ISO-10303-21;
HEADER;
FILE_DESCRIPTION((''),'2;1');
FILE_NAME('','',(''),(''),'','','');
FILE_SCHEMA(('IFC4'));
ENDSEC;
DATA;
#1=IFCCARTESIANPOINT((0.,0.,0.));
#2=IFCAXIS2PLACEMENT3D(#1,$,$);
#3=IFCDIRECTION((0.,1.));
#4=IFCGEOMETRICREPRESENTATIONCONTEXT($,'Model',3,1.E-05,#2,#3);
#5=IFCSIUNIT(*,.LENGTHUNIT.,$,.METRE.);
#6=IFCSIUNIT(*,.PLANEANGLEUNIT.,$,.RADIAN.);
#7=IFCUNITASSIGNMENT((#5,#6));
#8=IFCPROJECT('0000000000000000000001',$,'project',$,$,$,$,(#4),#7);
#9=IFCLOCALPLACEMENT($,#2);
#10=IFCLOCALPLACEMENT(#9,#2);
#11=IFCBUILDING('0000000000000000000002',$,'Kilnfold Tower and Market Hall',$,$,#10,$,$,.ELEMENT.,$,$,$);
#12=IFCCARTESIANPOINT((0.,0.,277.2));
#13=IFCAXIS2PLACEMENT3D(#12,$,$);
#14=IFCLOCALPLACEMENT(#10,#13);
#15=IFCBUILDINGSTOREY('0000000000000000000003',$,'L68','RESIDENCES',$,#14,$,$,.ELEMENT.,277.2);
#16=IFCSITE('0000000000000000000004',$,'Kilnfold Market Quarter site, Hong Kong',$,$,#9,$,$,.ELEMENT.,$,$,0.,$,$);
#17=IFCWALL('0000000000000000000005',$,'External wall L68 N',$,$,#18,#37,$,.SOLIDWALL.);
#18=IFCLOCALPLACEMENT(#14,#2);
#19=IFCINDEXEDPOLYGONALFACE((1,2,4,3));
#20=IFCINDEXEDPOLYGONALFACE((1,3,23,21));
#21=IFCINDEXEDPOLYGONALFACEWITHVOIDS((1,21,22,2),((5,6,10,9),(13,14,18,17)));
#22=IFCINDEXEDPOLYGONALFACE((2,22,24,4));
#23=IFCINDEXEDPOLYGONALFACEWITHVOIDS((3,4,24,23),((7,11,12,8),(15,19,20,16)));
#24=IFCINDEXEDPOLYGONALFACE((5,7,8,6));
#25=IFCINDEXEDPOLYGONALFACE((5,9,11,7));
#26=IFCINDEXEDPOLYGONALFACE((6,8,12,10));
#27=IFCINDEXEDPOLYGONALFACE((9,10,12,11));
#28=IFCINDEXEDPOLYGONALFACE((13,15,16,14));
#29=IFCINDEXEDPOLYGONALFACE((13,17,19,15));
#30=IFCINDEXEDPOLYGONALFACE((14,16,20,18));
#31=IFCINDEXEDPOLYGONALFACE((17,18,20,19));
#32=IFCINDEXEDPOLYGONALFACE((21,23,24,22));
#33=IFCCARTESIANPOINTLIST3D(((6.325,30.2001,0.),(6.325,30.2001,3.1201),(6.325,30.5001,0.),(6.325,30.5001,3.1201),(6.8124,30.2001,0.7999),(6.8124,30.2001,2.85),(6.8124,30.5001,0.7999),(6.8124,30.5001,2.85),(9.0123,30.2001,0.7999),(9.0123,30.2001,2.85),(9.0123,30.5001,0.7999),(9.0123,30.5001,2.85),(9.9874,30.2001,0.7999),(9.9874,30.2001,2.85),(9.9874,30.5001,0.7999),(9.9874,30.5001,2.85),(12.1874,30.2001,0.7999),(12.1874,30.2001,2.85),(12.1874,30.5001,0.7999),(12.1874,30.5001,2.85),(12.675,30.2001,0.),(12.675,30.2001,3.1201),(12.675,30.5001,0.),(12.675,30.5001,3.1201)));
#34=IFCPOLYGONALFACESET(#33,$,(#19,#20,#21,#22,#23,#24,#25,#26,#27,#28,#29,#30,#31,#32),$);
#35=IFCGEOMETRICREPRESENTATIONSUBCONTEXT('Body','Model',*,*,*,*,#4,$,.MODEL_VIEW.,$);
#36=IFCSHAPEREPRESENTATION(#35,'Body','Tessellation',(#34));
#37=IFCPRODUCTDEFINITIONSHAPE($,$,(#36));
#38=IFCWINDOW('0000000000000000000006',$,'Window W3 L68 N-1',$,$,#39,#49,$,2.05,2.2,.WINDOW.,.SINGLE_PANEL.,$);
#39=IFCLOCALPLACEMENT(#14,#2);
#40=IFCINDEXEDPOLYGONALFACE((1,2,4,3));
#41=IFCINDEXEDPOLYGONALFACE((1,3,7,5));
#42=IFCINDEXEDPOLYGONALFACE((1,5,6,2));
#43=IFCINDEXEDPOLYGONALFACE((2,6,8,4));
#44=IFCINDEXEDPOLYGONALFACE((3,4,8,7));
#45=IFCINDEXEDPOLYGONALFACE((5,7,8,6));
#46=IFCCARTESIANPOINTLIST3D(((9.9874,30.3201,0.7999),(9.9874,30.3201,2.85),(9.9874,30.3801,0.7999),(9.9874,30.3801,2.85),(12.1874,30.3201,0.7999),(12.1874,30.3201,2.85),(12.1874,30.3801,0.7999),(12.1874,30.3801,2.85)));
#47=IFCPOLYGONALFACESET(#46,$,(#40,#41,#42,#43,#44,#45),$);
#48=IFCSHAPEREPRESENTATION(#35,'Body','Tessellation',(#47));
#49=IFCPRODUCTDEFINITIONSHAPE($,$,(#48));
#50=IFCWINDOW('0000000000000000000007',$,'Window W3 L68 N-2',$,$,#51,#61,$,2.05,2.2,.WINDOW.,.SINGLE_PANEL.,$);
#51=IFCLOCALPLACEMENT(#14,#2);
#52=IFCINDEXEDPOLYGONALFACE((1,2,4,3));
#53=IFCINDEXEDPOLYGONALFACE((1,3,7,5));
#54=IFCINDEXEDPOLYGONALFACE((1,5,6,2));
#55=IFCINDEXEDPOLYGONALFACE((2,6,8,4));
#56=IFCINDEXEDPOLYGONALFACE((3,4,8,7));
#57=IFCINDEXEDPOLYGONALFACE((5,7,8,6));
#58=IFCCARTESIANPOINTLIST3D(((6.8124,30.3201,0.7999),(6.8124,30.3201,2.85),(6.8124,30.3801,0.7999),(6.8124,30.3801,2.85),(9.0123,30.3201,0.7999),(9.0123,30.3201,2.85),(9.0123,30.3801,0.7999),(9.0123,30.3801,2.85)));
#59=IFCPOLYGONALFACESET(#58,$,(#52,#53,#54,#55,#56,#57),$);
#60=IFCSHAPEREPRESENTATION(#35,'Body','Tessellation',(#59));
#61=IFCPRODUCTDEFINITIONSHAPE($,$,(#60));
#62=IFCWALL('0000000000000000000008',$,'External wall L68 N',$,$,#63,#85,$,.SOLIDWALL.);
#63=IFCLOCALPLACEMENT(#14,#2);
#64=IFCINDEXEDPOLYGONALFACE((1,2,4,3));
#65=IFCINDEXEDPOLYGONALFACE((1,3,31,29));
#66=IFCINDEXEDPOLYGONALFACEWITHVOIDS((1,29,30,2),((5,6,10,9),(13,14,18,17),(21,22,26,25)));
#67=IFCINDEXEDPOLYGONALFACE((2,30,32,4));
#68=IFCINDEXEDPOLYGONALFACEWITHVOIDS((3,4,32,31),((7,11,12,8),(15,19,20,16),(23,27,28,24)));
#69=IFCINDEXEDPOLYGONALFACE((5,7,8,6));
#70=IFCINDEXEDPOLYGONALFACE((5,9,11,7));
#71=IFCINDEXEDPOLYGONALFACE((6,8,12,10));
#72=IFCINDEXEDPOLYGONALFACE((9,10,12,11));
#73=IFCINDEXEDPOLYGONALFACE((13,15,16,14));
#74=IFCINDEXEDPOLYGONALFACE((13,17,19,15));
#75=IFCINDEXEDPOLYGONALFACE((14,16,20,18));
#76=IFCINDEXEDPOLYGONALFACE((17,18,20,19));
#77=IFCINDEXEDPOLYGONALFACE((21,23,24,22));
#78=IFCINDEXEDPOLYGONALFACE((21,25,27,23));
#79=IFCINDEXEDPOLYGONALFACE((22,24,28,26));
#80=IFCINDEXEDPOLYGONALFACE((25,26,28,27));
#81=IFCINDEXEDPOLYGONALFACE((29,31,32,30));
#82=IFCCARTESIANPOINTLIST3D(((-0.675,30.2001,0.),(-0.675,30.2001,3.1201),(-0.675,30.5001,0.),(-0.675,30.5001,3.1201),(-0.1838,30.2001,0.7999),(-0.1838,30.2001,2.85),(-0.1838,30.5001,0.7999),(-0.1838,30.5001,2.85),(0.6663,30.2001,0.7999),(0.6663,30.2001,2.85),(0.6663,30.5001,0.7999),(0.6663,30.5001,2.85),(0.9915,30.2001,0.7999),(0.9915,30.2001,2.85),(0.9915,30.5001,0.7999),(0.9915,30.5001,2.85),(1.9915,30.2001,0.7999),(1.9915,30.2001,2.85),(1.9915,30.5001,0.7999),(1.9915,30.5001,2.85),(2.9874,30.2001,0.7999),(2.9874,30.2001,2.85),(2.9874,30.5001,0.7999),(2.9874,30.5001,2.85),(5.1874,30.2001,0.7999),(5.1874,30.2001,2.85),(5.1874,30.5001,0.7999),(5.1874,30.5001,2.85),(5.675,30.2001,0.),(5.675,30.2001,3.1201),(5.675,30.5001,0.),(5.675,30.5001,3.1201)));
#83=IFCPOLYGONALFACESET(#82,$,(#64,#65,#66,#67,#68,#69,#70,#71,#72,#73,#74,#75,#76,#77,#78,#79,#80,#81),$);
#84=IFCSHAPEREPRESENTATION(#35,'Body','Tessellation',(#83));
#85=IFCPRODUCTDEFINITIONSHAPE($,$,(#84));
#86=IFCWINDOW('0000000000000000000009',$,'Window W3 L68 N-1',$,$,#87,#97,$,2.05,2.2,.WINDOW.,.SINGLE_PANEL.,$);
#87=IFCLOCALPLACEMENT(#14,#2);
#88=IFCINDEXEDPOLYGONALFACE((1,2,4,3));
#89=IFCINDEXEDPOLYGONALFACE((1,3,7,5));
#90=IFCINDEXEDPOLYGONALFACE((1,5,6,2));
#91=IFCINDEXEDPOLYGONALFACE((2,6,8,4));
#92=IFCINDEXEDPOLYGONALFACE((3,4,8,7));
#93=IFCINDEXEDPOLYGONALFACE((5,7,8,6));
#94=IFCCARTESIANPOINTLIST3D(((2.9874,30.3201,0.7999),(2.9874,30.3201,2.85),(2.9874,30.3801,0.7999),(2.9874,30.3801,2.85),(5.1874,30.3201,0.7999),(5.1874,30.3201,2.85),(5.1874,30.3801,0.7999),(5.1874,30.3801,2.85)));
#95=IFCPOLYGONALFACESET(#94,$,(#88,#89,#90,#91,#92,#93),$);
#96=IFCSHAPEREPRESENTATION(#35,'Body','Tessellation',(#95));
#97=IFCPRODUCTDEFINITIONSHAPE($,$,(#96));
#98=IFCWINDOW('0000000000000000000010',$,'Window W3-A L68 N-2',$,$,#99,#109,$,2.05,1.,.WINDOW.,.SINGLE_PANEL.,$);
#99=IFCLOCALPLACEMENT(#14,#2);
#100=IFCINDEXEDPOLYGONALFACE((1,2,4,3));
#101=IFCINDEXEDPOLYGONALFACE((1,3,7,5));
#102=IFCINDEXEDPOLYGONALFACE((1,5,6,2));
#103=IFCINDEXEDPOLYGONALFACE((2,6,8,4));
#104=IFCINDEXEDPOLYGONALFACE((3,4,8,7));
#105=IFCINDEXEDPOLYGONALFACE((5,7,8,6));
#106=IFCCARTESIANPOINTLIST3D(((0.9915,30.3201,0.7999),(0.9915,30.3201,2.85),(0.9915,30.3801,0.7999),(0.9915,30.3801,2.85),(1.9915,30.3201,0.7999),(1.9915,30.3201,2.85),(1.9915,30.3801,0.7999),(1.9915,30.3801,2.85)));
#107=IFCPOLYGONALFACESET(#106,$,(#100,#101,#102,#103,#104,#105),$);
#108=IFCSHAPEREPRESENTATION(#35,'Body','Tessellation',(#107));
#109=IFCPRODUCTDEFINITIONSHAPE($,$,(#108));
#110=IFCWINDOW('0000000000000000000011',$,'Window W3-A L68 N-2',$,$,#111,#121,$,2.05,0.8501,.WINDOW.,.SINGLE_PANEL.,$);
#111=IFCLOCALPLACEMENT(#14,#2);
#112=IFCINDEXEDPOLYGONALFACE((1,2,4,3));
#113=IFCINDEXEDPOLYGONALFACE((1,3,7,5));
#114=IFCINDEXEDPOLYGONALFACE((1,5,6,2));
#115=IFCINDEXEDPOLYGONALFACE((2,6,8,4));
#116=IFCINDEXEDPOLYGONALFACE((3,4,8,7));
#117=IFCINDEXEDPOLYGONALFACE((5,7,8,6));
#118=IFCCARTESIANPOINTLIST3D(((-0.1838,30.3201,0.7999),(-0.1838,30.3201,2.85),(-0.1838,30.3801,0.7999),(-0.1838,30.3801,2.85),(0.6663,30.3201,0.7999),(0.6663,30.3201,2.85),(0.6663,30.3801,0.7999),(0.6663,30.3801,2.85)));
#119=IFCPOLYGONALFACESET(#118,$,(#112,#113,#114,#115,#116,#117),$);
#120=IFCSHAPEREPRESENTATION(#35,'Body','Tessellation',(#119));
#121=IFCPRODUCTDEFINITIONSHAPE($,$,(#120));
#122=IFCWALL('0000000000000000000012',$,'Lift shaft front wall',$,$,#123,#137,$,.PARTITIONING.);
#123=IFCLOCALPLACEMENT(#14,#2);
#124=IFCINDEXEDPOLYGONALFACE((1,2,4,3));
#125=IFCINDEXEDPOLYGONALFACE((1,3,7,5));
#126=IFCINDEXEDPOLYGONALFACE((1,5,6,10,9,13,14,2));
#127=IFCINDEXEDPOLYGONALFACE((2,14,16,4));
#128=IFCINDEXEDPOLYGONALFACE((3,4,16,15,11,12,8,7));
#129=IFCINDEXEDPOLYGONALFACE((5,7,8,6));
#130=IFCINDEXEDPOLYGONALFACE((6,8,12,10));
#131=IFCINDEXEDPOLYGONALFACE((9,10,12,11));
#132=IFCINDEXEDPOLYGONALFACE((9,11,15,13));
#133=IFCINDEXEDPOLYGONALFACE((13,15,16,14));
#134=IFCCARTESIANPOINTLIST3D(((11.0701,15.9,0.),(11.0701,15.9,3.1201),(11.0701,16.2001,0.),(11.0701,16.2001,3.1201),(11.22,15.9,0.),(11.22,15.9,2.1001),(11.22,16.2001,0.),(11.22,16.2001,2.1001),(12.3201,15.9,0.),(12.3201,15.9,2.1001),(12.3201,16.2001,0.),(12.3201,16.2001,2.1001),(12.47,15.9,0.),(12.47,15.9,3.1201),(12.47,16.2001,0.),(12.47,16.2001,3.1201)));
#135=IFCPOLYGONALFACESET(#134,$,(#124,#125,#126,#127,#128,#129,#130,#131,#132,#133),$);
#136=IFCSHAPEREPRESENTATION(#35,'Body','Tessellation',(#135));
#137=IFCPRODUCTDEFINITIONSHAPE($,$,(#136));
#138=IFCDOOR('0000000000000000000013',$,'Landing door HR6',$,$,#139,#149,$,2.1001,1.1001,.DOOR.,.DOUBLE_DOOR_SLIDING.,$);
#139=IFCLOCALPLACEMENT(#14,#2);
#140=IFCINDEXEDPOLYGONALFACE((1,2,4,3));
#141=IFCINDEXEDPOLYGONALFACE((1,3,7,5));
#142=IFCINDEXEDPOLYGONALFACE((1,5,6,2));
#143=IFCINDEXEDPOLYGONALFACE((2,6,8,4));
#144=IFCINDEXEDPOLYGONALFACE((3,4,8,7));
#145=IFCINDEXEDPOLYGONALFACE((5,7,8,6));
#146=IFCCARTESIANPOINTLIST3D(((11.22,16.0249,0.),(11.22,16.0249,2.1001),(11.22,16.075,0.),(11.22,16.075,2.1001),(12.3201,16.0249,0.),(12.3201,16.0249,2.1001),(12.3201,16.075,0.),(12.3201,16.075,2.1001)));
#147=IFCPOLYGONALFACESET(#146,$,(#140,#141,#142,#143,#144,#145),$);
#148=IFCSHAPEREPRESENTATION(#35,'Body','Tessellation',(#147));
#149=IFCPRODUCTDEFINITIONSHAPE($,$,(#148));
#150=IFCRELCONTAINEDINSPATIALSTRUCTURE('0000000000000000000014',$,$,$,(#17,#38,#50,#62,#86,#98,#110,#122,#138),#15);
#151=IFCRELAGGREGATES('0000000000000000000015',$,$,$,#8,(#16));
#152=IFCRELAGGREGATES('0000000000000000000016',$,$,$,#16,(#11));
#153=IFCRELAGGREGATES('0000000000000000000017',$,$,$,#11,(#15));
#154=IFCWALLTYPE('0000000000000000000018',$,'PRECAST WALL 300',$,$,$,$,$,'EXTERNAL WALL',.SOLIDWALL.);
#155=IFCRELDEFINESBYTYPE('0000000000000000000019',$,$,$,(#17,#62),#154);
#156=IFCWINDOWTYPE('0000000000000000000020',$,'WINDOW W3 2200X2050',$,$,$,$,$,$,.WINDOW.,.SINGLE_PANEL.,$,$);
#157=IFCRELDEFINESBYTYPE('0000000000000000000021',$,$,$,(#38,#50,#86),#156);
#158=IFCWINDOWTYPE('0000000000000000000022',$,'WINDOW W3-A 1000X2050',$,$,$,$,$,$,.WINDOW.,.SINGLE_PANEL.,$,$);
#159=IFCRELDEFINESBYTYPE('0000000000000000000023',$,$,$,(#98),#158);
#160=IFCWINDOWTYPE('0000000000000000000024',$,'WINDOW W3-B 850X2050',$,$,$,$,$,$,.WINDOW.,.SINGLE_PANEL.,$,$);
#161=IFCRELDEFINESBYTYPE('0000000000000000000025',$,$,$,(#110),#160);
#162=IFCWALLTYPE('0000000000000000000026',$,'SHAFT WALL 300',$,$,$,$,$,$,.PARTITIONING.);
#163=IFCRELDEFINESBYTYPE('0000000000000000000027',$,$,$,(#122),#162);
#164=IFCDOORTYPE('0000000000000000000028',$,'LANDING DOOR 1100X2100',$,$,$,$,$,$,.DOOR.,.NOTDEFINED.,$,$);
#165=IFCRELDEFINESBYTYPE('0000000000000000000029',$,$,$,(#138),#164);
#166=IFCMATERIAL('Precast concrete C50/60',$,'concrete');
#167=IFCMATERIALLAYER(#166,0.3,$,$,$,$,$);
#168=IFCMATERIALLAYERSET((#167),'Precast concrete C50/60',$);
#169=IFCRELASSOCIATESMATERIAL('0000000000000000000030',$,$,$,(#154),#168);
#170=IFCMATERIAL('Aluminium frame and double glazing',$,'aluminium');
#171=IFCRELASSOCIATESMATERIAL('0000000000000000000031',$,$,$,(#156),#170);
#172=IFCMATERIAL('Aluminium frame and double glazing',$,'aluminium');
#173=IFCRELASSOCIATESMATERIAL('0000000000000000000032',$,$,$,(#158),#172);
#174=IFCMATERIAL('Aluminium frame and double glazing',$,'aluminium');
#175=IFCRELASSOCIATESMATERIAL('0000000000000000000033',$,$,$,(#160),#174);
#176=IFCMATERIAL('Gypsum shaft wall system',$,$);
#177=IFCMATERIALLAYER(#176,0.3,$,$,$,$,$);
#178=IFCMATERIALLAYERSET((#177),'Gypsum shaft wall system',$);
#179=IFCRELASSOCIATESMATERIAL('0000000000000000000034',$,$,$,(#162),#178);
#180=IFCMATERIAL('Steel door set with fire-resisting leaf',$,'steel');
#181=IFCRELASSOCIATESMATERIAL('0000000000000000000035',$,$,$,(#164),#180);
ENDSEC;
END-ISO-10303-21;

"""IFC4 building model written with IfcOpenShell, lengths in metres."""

from ifc_helpers import new_model, si_unit, direction, frame, frame_2d, origin, place, context, subcontext, project, spatial, rectangle, extrude, source, transform, mapped, material, layer, layer_set, type_object, element, fill, save


model = new_model("IFC4")

# Units and contexts
model_context = context("Model", 3, precision=1e-05, world=origin(), true_north=direction((0.0, 1.0)))
body_context = subcontext(model_context, "Body", "Model", "MODEL_VIEW")
ifc_project = project(units=[si_unit("LENGTHUNIT", "METRE"), si_unit("PLANEANGLEUNIT", "RADIAN")], contexts=[model_context])

# Site, building, storey
site_placement = place(None, origin())
site = spatial("IfcSite", under=ifc_project, at=site_placement, Name="Kilnfold Market Quarter site, Hong Kong", CompositionType="ELEMENT", RefElevation=0.0)
building_placement = place(site_placement, origin())
building = spatial("IfcBuilding", under=site, at=building_placement, Name="Kilnfold Tower and Market Hall", CompositionType="ELEMENT")
storey_placement = place(building_placement, frame((0.0, 0.0, 277.2)))
storey = spatial("IfcBuildingStorey", under=building, at=storey_placement, Name="L68", Description="RESIDENCES", CompositionType="ELEMENT", Elevation=277.2)

# Walls, openings, windows
ifc_material_1 = material(Name="Precast concrete C50/60", Category="concrete")
ifc_layer_1 = layer(ifc_material_1, 0.3)
ifc_layer_set_1 = layer_set([ifc_layer_1], Name="Precast concrete C50/60")
wall_type_1 = type_object("IfcWallType", Name="PRECAST WALL 300", ElementType="EXTERNAL WALL", PredefinedType="SOLIDWALL", material=ifc_layer_set_1)
shared_shape_1 = source(origin(), body_context, "Body", "SweptSolid", [
    extrude(rectangle(XDim=6.3501, YDim=0.3, at=frame_2d((3.175, 0.0))), origin(), (0.0, 0.0, 1.0), 3.1201),
])
wall_1_placement = place(storey_placement, frame((12.675, 30.3501, 0.0), z_axis=(0.0, 0.0, 1.0), x_axis=(-1.0, 0.0, 0.0)))
wall_1 = element("IfcWall", 1, at=wall_1_placement, inside=storey, type_object=wall_type_1, Name="External wall L68 N", PredefinedType="SOLIDWALL", context=body_context, shape_type="MappedRepresentation", body=[
    mapped(shared_shape_1, transform((0.0, 0.0, 0.0))),
])
opening_1_placement = place(wall_1_placement, frame((0.4875, 0.0, 0.8)))
opening_1 = element("IfcOpeningElement", 2, at=opening_1_placement, cuts=wall_1, PredefinedType="OPENING", context=body_context, shape_type="SweptSolid", body=[
    extrude(rectangle(XDim=2.2, YDim=2.05, at=frame_2d((1.1001, 1.0249))), frame((0.0, 0.1602, 0.0), z_axis=(0.0, -1.0, 0.0), x_axis=(1.0, 0.0, 0.0)), (0.0, 0.0, 1.0), 0.3201),
])
opening_2_placement = place(wall_1_placement, frame((3.6626, 0.0, 0.8)))
opening_2 = element("IfcOpeningElement", 3, at=opening_2_placement, cuts=wall_1, PredefinedType="OPENING", context=body_context, shape_type="SweptSolid", body=[
    extrude(rectangle(XDim=2.2, YDim=2.05, at=frame_2d((1.1001, 1.0249))), frame((0.0, 0.1602, 0.0), z_axis=(0.0, -1.0, 0.0), x_axis=(1.0, 0.0, 0.0)), (0.0, 0.0, 1.0), 0.3201),
])
ifc_material_2 = material(Name="Aluminium frame and double glazing", Category="aluminium")
window_type_1 = type_object("IfcWindowType", Name="WINDOW W3 2200X2050", PartitioningType="SINGLE_PANEL", PredefinedType="WINDOW", material=ifc_material_2)
window_1_placement = place(opening_1_placement, origin())
window_1 = element("IfcWindow", 4, at=window_1_placement, inside=storey, type_object=window_type_1, Name="Window W3 L68 N-1", OverallHeight=2.05, OverallWidth=2.2, PartitioningType="SINGLE_PANEL", PredefinedType="WINDOW", context=body_context, shape_type="SweptSolid", body=[
    extrude(rectangle(XDim=2.2, YDim=2.05, at=frame_2d((1.1001, 1.0249))), frame((0.0, 0.03, 0.0), z_axis=(0.0, -1.0, 0.0), x_axis=(1.0, 0.0, 0.0)), (0.0, 0.0, 1.0), 0.0601),
])
fill(opening_1, window_1)
window_2_placement = place(opening_2_placement, origin())
window_2 = element("IfcWindow", 5, at=window_2_placement, inside=storey, type_object=window_type_1, Name="Window W3 L68 N-2", OverallHeight=2.05, OverallWidth=2.2, PartitioningType="SINGLE_PANEL", PredefinedType="WINDOW", context=body_context, shape_type="SweptSolid", body=[
    extrude(rectangle(XDim=2.2, YDim=2.05, at=frame_2d((1.1001, 1.0249))), frame((0.0, 0.03, 0.0), z_axis=(0.0, -1.0, 0.0), x_axis=(1.0, 0.0, 0.0)), (0.0, 0.0, 1.0), 0.0601),
])
fill(opening_2, window_2)
wall_2_placement = place(storey_placement, frame((5.675, 30.3501, 0.0), z_axis=(0.0, 0.0, 1.0), x_axis=(-1.0, 0.0, 0.0)))
wall_2 = element("IfcWall", 6, at=wall_2_placement, inside=storey, type_object=wall_type_1, Name="External wall L68 N", PredefinedType="SOLIDWALL", context=body_context, shape_type="MappedRepresentation", body=[
    mapped(shared_shape_1, transform((0.0, 0.0, 0.0))),
])
opening_3_placement = place(wall_2_placement, frame((0.4875, 0.0, 0.8)))
opening_3 = element("IfcOpeningElement", 7, at=opening_3_placement, cuts=wall_2, PredefinedType="OPENING", context=body_context, shape_type="SweptSolid", body=[
    extrude(rectangle(XDim=2.2, YDim=2.05, at=frame_2d((1.1001, 1.0249))), frame((0.0, 0.1602, 0.0), z_axis=(0.0, -1.0, 0.0), x_axis=(1.0, 0.0, 0.0)), (0.0, 0.0, 1.0), 0.3201),
])
opening_4_placement = place(wall_2_placement, frame((3.6836, 0.0, 0.8)))
opening_4 = element("IfcOpeningElement", 8, at=opening_4_placement, cuts=wall_2, PredefinedType="OPENING", context=body_context, shape_type="SweptSolid", body=[
    extrude(rectangle(XDim=1.0, YDim=2.05, at=frame_2d((0.5, 1.0249))), frame((0.0, 0.1602, 0.0), z_axis=(0.0, -1.0, 0.0), x_axis=(1.0, 0.0, 0.0)), (0.0, 0.0, 1.0), 0.3201),
])
opening_5_placement = place(wall_2_placement, frame((5.0088, 0.0, 0.8)))
opening_5 = element("IfcOpeningElement", 9, at=opening_5_placement, cuts=wall_2, PredefinedType="OPENING", context=body_context, shape_type="SweptSolid", body=[
    extrude(rectangle(XDim=0.8501, YDim=2.05, at=frame_2d((0.425, 1.0249))), frame((0.0, 0.1602, 0.0), z_axis=(0.0, -1.0, 0.0), x_axis=(1.0, 0.0, 0.0)), (0.0, 0.0, 1.0), 0.3201),
])
window_3_placement = place(opening_3_placement, origin())
window_3 = element("IfcWindow", 10, at=window_3_placement, inside=storey, type_object=window_type_1, Name="Window W3 L68 N-1", OverallHeight=2.05, OverallWidth=2.2, PartitioningType="SINGLE_PANEL", PredefinedType="WINDOW", context=body_context, shape_type="SweptSolid", body=[
    extrude(rectangle(XDim=2.2, YDim=2.05, at=frame_2d((1.1001, 1.0249))), frame((0.0, 0.03, 0.0), z_axis=(0.0, -1.0, 0.0), x_axis=(1.0, 0.0, 0.0)), (0.0, 0.0, 1.0), 0.0601),
])
fill(opening_3, window_3)
ifc_material_3 = material(Name="Aluminium frame and double glazing", Category="aluminium")
window_type_2 = type_object("IfcWindowType", Name="WINDOW W3-A 1000X2050", PartitioningType="SINGLE_PANEL", PredefinedType="WINDOW", material=ifc_material_3)
window_4_placement = place(opening_4_placement, origin())
window_4 = element("IfcWindow", 11, at=window_4_placement, inside=storey, type_object=window_type_2, Name="Window W3-A L68 N-2", OverallHeight=2.05, OverallWidth=1.0, PartitioningType="SINGLE_PANEL", PredefinedType="WINDOW", context=body_context, shape_type="SweptSolid", body=[
    extrude(rectangle(XDim=1.0, YDim=2.05, at=frame_2d((0.5, 1.0249))), frame((0.0, 0.03, 0.0), z_axis=(0.0, -1.0, 0.0), x_axis=(1.0, 0.0, 0.0)), (0.0, 0.0, 1.0), 0.0601),
])
fill(opening_4, window_4)
ifc_material_4 = material(Name="Aluminium frame and double glazing", Category="aluminium")
window_type_3 = type_object("IfcWindowType", Name="WINDOW W3-B 850X2050", PartitioningType="SINGLE_PANEL", PredefinedType="WINDOW", material=ifc_material_4)
window_5_placement = place(opening_5_placement, origin())
window_5 = element("IfcWindow", 12, at=window_5_placement, inside=storey, type_object=window_type_3, Name="Window W3-A L68 N-2", OverallHeight=2.05, OverallWidth=0.8501, PartitioningType="SINGLE_PANEL", PredefinedType="WINDOW", context=body_context, shape_type="SweptSolid", body=[
    extrude(rectangle(XDim=0.8501, YDim=2.05, at=frame_2d((0.425, 1.0249))), frame((0.0, 0.03, 0.0), z_axis=(0.0, -1.0, 0.0), x_axis=(1.0, 0.0, 0.0)), (0.0, 0.0, 1.0), 0.0601),
])
fill(opening_5, window_5)

# Wall, opening, door
ifc_material_5 = material(Name="Gypsum shaft wall system")
ifc_layer_2 = layer(ifc_material_5, 0.3)
ifc_layer_set_2 = layer_set([ifc_layer_2], Name="Gypsum shaft wall system")
wall_type_2 = type_object("IfcWallType", Name="SHAFT WALL 300", PredefinedType="PARTITIONING", material=ifc_layer_set_2)
shared_shape_2 = source(origin(), body_context, "Body", "SweptSolid", [
    extrude(rectangle(XDim=1.3999, YDim=0.3, at=frame_2d((0.7, 0.0))), origin(), (0.0, 0.0, 1.0), 3.1201),
])
wall_3_placement = place(storey_placement, frame((11.0701, 16.05, 0.0), z_axis=(0.0, 0.0, 1.0), x_axis=(1.0, 0.0, 0.0)))
wall_3 = element("IfcWall", 13, at=wall_3_placement, inside=storey, type_object=wall_type_2, Name="Lift shaft front wall", PredefinedType="PARTITIONING", context=body_context, shape_type="MappedRepresentation", body=[
    mapped(shared_shape_2, transform((0.0, 0.0, 0.0))),
])
opening_6_placement = place(wall_3_placement, frame((0.1499, 0.0, 0.0)))
opening_6 = element("IfcOpeningElement", 14, at=opening_6_placement, cuts=wall_3, PredefinedType="OPENING", context=body_context, shape_type="SweptSolid", body=[
    extrude(rectangle(XDim=1.1001, YDim=2.1001, at=frame_2d((0.55, 1.05))), frame((0.0, 0.1602, 0.0), z_axis=(0.0, -1.0, 0.0), x_axis=(1.0, 0.0, 0.0)), (0.0, 0.0, 1.0), 0.3201),
])
ifc_material_6 = material(Name="Steel door set with fire-resisting leaf", Category="steel")
door_type_1 = type_object("IfcDoorType", Name="LANDING DOOR 1100X2100", OperationType="NOTDEFINED", PredefinedType="DOOR", material=ifc_material_6)
door_1_placement = place(opening_6_placement, origin())
door_1 = element("IfcDoor", 15, at=door_1_placement, inside=storey, type_object=door_type_1, Name="Landing door HR6", OperationType="DOUBLE_DOOR_SLIDING", OverallHeight=2.1001, OverallWidth=1.1001, PredefinedType="DOOR", context=body_context, shape_type="SweptSolid", body=[
    extrude(rectangle(XDim=1.1001, YDim=2.1001, at=frame_2d((0.55, 1.05))), frame((0.0, 0.0249, 0.0), z_axis=(0.0, -1.0, 0.0), x_axis=(1.0, 0.0, 0.0)), (0.0, 0.0, 1.0), 0.05),
])
fill(opening_6, door_1)

save(model, "model.ifc")
